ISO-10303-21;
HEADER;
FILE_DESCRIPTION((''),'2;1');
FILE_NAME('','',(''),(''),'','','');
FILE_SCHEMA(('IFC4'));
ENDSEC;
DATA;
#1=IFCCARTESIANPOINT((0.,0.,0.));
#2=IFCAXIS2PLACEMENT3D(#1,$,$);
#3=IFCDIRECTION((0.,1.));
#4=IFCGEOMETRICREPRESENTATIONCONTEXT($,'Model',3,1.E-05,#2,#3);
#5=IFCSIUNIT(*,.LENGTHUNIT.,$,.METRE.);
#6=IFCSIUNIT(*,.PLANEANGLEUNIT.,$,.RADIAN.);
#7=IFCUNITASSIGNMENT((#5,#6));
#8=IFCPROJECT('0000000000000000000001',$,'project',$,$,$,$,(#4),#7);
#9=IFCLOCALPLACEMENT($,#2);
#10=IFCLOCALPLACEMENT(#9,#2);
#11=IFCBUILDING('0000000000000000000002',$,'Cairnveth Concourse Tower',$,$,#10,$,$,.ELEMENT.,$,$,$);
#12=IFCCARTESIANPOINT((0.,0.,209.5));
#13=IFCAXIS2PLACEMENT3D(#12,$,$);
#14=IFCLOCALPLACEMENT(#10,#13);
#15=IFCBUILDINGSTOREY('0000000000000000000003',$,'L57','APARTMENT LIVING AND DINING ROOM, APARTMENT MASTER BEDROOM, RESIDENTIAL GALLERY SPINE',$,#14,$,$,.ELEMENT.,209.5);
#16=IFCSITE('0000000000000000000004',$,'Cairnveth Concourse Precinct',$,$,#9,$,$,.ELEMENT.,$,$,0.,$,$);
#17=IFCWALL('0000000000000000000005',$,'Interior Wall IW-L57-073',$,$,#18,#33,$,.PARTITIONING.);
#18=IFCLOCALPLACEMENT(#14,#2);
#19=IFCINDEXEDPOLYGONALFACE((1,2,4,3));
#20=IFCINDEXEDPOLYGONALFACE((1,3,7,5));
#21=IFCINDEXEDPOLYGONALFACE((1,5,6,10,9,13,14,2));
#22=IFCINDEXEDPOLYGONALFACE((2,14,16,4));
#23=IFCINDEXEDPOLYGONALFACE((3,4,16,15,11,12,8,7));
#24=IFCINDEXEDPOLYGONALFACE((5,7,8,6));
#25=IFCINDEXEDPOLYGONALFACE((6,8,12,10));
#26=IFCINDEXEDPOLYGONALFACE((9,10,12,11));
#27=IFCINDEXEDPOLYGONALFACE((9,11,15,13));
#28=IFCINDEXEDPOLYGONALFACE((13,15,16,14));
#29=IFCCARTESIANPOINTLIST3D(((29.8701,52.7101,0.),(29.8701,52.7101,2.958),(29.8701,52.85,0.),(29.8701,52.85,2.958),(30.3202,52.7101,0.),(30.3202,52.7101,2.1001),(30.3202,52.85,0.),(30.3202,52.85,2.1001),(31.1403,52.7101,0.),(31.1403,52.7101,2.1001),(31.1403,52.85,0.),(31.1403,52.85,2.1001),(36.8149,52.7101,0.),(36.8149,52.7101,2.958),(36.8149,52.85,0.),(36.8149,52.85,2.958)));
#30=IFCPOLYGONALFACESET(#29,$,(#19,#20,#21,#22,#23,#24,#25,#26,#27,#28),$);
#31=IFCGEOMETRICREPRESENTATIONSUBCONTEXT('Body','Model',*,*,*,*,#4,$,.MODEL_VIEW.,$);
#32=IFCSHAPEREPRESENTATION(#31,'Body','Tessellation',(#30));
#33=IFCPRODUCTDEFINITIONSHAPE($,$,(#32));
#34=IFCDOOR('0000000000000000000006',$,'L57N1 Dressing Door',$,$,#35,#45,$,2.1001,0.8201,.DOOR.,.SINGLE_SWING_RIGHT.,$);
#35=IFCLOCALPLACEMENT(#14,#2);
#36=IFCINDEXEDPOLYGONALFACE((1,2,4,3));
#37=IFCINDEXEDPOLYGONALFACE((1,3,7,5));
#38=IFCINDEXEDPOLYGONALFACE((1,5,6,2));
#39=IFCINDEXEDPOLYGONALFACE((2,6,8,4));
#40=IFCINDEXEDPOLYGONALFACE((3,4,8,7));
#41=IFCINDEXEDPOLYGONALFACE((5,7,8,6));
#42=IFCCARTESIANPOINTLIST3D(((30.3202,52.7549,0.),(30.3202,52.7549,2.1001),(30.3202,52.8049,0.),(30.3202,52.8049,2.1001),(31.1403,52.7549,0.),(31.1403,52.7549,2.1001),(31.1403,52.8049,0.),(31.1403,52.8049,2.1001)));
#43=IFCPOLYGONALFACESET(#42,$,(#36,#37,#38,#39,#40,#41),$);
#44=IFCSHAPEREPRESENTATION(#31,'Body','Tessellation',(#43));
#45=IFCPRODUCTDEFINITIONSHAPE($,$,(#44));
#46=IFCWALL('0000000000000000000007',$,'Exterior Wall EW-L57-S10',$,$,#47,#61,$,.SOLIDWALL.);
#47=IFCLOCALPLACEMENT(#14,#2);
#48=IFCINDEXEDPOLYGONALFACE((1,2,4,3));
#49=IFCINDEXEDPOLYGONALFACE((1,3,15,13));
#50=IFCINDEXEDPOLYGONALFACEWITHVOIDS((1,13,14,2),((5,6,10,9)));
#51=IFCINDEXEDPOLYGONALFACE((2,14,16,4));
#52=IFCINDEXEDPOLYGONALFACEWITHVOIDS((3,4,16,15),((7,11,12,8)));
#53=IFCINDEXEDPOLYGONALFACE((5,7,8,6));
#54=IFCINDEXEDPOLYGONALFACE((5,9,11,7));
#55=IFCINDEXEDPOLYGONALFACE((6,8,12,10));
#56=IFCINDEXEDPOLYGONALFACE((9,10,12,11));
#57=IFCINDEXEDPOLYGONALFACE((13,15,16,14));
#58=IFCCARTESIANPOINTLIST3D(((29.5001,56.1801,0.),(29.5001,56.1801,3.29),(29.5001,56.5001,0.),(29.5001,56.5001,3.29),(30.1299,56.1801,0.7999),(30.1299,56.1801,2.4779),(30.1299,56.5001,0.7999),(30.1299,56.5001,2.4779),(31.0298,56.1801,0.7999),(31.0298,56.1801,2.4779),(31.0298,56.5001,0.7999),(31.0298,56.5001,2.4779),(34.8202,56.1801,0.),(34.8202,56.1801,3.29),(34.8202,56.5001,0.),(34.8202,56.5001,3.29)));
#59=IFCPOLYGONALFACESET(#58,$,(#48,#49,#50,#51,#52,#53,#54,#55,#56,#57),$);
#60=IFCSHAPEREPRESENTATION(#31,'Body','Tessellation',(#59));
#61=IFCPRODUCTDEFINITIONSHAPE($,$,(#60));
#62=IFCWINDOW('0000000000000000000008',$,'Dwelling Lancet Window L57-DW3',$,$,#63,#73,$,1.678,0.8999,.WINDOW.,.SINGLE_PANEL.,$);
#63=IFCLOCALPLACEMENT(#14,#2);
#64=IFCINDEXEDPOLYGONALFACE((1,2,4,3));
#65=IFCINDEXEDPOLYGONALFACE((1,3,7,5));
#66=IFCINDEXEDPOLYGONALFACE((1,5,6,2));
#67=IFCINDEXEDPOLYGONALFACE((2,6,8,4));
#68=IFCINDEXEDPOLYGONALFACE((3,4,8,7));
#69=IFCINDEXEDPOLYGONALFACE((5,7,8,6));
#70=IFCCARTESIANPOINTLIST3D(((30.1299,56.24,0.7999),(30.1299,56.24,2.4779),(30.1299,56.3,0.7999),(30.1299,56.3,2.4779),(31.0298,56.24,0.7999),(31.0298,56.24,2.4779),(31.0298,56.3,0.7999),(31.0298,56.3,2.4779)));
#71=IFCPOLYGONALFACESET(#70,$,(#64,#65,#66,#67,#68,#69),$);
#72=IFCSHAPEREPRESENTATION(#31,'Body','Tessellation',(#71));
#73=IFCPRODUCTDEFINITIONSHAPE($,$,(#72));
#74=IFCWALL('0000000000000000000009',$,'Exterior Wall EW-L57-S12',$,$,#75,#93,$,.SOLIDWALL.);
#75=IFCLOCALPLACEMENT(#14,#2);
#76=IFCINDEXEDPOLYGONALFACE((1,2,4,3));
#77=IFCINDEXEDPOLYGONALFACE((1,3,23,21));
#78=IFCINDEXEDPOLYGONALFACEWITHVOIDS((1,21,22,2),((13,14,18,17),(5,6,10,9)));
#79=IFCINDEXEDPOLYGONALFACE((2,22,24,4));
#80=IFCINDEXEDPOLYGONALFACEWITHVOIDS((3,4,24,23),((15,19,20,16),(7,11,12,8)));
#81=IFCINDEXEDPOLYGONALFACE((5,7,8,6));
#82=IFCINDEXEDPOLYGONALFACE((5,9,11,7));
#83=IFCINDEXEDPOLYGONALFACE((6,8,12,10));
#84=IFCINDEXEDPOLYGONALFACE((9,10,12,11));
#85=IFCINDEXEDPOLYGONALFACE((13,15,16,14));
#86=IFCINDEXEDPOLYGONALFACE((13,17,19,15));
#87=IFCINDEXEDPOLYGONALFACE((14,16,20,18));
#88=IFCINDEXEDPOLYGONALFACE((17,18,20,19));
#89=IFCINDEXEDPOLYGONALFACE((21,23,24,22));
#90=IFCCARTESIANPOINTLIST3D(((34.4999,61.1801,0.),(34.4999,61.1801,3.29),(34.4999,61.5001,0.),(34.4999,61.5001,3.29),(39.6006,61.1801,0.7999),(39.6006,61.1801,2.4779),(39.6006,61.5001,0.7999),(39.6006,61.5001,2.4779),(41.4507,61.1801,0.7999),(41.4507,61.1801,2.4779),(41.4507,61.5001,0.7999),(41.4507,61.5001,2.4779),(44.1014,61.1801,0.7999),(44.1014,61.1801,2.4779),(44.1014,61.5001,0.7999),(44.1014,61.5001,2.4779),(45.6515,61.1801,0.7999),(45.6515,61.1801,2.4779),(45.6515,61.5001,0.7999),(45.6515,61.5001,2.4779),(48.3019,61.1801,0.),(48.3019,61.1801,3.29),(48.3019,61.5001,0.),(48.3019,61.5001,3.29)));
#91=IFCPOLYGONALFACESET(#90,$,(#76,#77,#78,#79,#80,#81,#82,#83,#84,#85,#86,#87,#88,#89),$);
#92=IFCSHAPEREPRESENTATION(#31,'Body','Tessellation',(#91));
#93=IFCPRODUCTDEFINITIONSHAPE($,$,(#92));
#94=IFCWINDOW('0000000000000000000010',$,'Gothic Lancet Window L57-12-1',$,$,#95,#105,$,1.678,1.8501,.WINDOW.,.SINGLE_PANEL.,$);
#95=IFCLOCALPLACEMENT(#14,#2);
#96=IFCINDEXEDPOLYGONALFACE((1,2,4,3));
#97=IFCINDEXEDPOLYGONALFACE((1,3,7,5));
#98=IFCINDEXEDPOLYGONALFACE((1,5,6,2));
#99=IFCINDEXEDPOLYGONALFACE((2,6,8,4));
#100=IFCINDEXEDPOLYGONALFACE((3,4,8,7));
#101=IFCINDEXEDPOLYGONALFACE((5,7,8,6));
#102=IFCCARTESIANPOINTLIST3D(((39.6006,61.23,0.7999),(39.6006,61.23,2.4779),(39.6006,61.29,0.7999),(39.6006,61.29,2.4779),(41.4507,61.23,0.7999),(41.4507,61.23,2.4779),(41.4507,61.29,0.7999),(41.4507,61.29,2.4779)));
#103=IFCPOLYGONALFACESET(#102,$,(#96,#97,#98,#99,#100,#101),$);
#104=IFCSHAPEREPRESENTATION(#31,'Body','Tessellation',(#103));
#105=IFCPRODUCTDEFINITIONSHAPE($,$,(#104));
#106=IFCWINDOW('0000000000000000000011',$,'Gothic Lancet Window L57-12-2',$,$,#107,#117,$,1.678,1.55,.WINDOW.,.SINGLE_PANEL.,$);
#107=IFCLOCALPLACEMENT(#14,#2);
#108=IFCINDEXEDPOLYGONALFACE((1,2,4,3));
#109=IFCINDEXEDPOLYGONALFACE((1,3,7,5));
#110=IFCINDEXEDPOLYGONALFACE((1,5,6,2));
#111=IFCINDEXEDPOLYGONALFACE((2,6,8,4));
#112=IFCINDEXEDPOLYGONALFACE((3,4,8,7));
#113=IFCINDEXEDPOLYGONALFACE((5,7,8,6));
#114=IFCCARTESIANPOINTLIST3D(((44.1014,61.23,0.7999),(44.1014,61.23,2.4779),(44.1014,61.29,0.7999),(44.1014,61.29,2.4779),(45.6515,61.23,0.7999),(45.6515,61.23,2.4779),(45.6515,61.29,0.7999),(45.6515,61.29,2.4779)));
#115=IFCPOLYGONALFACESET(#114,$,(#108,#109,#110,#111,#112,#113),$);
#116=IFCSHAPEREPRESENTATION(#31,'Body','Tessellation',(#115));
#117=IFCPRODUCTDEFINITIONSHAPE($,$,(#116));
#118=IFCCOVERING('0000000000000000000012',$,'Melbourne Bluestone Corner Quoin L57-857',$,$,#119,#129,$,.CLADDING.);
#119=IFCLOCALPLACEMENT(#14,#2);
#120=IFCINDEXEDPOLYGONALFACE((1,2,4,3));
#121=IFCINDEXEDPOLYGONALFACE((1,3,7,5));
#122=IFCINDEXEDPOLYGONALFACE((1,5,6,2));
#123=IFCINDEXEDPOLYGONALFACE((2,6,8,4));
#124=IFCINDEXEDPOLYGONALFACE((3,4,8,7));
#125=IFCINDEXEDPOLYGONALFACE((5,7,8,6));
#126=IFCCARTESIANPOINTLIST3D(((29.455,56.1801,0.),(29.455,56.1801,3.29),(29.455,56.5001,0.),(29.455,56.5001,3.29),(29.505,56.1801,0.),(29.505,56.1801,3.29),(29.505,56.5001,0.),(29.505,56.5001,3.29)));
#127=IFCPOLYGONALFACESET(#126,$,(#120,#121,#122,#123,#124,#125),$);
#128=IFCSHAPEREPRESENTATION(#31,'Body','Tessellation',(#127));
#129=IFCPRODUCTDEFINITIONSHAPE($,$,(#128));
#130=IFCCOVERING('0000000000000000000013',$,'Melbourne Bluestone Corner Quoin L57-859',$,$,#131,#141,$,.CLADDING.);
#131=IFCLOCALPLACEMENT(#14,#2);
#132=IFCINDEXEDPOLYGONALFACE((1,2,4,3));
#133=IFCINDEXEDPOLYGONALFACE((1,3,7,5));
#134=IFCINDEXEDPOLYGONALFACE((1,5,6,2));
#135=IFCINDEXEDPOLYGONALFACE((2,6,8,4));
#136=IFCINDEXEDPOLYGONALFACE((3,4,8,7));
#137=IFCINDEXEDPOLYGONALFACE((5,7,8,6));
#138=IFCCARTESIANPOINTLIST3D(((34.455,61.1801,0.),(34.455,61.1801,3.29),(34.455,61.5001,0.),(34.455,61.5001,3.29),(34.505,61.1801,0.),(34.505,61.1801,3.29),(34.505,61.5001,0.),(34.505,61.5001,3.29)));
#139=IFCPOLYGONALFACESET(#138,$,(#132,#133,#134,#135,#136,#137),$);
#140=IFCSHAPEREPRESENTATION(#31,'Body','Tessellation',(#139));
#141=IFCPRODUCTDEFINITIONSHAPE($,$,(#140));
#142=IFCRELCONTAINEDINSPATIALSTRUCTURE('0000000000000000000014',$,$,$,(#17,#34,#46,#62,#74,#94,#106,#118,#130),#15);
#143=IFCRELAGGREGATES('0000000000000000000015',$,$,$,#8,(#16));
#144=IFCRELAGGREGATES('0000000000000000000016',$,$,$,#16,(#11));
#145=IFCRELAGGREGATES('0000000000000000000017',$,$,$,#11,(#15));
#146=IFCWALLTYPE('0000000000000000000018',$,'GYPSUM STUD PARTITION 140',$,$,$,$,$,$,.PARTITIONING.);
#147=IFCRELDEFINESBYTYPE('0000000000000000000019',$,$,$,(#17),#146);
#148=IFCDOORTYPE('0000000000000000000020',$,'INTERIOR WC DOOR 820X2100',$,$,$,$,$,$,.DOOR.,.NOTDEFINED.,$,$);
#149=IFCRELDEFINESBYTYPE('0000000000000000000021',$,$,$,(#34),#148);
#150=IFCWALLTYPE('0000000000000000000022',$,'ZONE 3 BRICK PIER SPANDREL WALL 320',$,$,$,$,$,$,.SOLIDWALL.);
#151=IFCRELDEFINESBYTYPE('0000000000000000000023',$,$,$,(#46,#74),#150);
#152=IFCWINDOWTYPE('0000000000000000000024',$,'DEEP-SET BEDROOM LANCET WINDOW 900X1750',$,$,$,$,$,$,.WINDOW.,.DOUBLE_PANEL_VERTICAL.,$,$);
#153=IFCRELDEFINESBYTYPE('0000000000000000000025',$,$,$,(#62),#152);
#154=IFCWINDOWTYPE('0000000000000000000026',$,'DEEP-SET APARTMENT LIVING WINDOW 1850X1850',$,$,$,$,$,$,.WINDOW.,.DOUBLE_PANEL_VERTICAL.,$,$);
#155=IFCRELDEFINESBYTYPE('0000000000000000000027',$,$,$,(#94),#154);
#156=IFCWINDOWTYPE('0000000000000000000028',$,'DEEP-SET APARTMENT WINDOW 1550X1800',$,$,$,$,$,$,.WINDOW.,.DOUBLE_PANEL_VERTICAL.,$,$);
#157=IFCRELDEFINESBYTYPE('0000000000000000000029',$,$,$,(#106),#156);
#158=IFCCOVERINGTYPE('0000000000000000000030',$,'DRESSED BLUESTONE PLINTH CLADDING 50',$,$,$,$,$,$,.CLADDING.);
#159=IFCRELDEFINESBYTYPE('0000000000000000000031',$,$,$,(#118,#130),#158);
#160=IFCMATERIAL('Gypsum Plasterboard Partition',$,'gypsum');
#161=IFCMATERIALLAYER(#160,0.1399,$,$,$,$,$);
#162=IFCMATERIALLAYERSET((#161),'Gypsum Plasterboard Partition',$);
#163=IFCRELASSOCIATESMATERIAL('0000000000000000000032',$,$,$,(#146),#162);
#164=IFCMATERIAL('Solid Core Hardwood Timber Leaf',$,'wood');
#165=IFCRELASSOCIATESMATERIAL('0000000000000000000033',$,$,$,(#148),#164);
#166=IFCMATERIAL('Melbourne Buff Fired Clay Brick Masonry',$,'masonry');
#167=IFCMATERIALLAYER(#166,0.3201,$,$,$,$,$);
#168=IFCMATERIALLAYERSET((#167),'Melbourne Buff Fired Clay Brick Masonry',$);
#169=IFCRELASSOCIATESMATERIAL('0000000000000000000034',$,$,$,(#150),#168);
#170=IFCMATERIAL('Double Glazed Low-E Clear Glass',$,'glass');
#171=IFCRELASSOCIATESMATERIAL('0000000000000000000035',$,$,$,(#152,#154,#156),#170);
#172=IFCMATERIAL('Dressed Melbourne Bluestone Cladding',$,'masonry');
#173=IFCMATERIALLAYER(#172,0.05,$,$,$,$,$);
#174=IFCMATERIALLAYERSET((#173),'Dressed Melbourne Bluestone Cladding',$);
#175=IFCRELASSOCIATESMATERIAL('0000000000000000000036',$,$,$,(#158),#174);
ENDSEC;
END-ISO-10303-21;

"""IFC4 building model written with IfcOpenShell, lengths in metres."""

from ifc_helpers import new_model, si_unit, direction, frame, frame_2d, origin, place, context, subcontext, project, spatial, rectangle, extrude, material, layer, layer_set, type_object, element, fill, save


model = new_model("IFC4")

# Units and contexts
model_context = context("Model", 3, precision=1e-05, world=origin(), true_north=direction((0.0, 1.0)))
body_context = subcontext(model_context, "Body", "Model", "MODEL_VIEW")
ifc_project = project(units=[si_unit("LENGTHUNIT", "METRE"), si_unit("PLANEANGLEUNIT", "RADIAN")], contexts=[model_context])

# Site, building, storey
site_placement = place(None, origin())
site = spatial("IfcSite", under=ifc_project, at=site_placement, Name="Cairnveth Concourse Precinct", CompositionType="ELEMENT", RefElevation=0.0)
building_placement = place(site_placement, origin())
building = spatial("IfcBuilding", under=site, at=building_placement, Name="Cairnveth Concourse Tower", CompositionType="ELEMENT")
storey_placement = place(building_placement, frame((0.0, 0.0, 209.5)))
storey = spatial("IfcBuildingStorey", under=building, at=storey_placement, Name="L57", Description="APARTMENT LIVING AND DINING ROOM, APARTMENT MASTER BEDROOM, RESIDENTIAL GALLERY SPINE", CompositionType="ELEMENT", Elevation=209.5)

# Shared definitions
ifc_material_1 = material(Name="Gypsum Plasterboard Partition", Category="gypsum")
ifc_material_2 = material(Name="Solid Core Hardwood Timber Leaf", Category="wood")

# Wall, opening, door
ifc_layer_1 = layer(ifc_material_1, 0.1399)
ifc_layer_set_1 = layer_set([ifc_layer_1], Name="Gypsum Plasterboard Partition")
wall_type_1 = type_object("IfcWallType", Name="GYPSUM STUD PARTITION 140", PredefinedType="PARTITIONING", material=ifc_layer_set_1)
wall_1_placement = place(storey_placement, frame((29.8701, 52.78, 0.0), z_axis=(0.0, 0.0, 1.0), x_axis=(1.0, 0.0, 0.0)))
wall_1 = element("IfcWall", 1, at=wall_1_placement, inside=storey, type_object=wall_type_1, Name="Interior Wall IW-L57-073", PredefinedType="PARTITIONING", context=body_context, shape_type="SweptSolid", body=[
    extrude(rectangle(XDim=6.9448, YDim=0.1399, at=frame_2d((3.4724, 0.0))), origin(), (0.0, 0.0, 1.0), 2.958),
])
opening_1_placement = place(wall_1_placement, frame((0.45, 0.0, 0.0)))
opening_1 = element("IfcOpeningElement", 2, at=opening_1_placement, cuts=wall_1, PredefinedType="OPENING", context=body_context, shape_type="SweptSolid", body=[
    extrude(rectangle(XDim=0.8201, YDim=2.1001, at=frame_2d((0.4102, 1.05))), frame((0.0, 0.0798, 0.0), z_axis=(0.0, -1.0, 0.0), x_axis=(1.0, 0.0, 0.0)), (0.0, 0.0, 1.0), 0.1599),
])
door_type_1 = type_object("IfcDoorType", Name="INTERIOR WC DOOR 820X2100", OperationType="NOTDEFINED", PredefinedType="DOOR", material=ifc_material_2)
door_1_placement = place(opening_1_placement, origin())
door_1 = element("IfcDoor", 3, at=door_1_placement, inside=storey, type_object=door_type_1, Name="L57N1 Dressing Door", OperationType="SINGLE_SWING_RIGHT", OverallHeight=2.1001, OverallWidth=0.8201, PredefinedType="DOOR", context=body_context, shape_type="SweptSolid", body=[
    extrude(rectangle(XDim=0.8201, YDim=2.1001, at=frame_2d((0.4102, 1.05))), frame((0.0, 0.0249, 0.0), z_axis=(0.0, -1.0, 0.0), x_axis=(1.0, 0.0, 0.0)), (0.0, 0.0, 1.0), 0.05),
])
fill(opening_1, door_1)

# Wall, opening, window
ifc_material_3 = material(Name="Melbourne Buff Fired Clay Brick Masonry", Category="masonry")
ifc_layer_2 = layer(ifc_material_3, 0.3201)
ifc_layer_set_2 = layer_set([ifc_layer_2], Name="Melbourne Buff Fired Clay Brick Masonry")
wall_type_2 = type_object("IfcWallType", Name="ZONE 3 BRICK PIER SPANDREL WALL 320", PredefinedType="SOLIDWALL", material=ifc_layer_set_2)
wall_2_placement = place(storey_placement, frame((29.5, 56.3401, 0.0), z_axis=(0.0, 0.0, 1.0), x_axis=(1.0, 0.0, 0.0)))
wall_2 = element("IfcWall", 4, at=wall_2_placement, inside=storey, type_object=wall_type_2, Name="Exterior Wall EW-L57-S10", PredefinedType="SOLIDWALL", context=body_context, shape_type="SweptSolid", body=[
    extrude(rectangle(XDim=5.3201, YDim=0.3201, at=frame_2d((2.6602, 0.0))), origin(), (0.0, 0.0, 1.0), 3.29),
])
opening_2_placement = place(wall_2_placement, frame((0.6299, 0.0, 0.8)))
opening_2 = element("IfcOpeningElement", 5, at=opening_2_placement, cuts=wall_2, PredefinedType="OPENING", context=body_context, shape_type="SweptSolid", body=[
    extrude(rectangle(XDim=0.8999, YDim=1.678, at=frame_2d((0.45, 0.8389))), frame((0.0, 0.1699, 0.0), z_axis=(0.0, -1.0, 0.0), x_axis=(1.0, 0.0, 0.0)), (0.0, 0.0, 1.0), 0.3401),
])
ifc_material_4 = material(Name="Double Glazed Low-E Clear Glass", Category="glass")
window_type_1 = type_object("IfcWindowType", Name="DEEP-SET BEDROOM LANCET WINDOW 900X1750", PartitioningType="DOUBLE_PANEL_VERTICAL", PredefinedType="WINDOW", material=ifc_material_4)
window_1_placement = place(opening_2_placement, origin())
window_1 = element("IfcWindow", 6, at=window_1_placement, inside=storey, type_object=window_type_1, Name="Dwelling Lancet Window L57-DW3", OverallHeight=1.678, OverallWidth=0.8999, PartitioningType="SINGLE_PANEL", PredefinedType="WINDOW", context=body_context, shape_type="SweptSolid", body=[
    extrude(rectangle(XDim=0.8999, YDim=1.678, at=frame_2d((0.45, 0.8389))), frame((0.0, -0.04, 0.0), z_axis=(0.0, -1.0, 0.0), x_axis=(1.0, 0.0, 0.0)), (0.0, 0.0, 1.0), 0.0601),
])
fill(opening_2, window_1)

# Wall, openings, windows
wall_3_placement = place(storey_placement, frame((34.5, 61.3401, 0.0), z_axis=(0.0, 0.0, 1.0), x_axis=(1.0, 0.0, 0.0)))
wall_3 = element("IfcWall", 7, at=wall_3_placement, inside=storey, type_object=wall_type_2, Name="Exterior Wall EW-L57-S12", PredefinedType="SOLIDWALL", context=body_context, shape_type="SweptSolid", body=[
    extrude(rectangle(XDim=13.802, YDim=0.3201, at=frame_2d((6.9009, 0.0))), origin(), (0.0, 0.0, 1.0), 3.29),
])
opening_3_placement = place(wall_3_placement, frame((5.1006, 0.0, 0.8)))
opening_3 = element("IfcOpeningElement", 8, at=opening_3_placement, cuts=wall_3, PredefinedType="OPENING", context=body_context, shape_type="SweptSolid", body=[
    extrude(rectangle(XDim=1.8501, YDim=1.678, at=frame_2d((0.925, 0.8389))), frame((0.0, 0.1699, 0.0), z_axis=(0.0, -1.0, 0.0), x_axis=(1.0, 0.0, 0.0)), (0.0, 0.0, 1.0), 0.3401),
])
opening_4_placement = place(wall_3_placement, frame((9.6016, 0.0, 0.8)))
opening_4 = element("IfcOpeningElement", 9, at=opening_4_placement, cuts=wall_3, PredefinedType="OPENING", context=body_context, shape_type="SweptSolid", body=[
    extrude(rectangle(XDim=1.55, YDim=1.678, at=frame_2d((0.7749, 0.8389))), frame((0.0, 0.1699, 0.0), z_axis=(0.0, -1.0, 0.0), x_axis=(1.0, 0.0, 0.0)), (0.0, 0.0, 1.0), 0.3401),
])
window_type_2 = type_object("IfcWindowType", Name="DEEP-SET APARTMENT LIVING WINDOW 1850X1850", PartitioningType="DOUBLE_PANEL_VERTICAL", PredefinedType="WINDOW", material=ifc_material_4)
window_2_placement = place(opening_3_placement, origin())
window_2 = element("IfcWindow", 10, at=window_2_placement, inside=storey, type_object=window_type_2, Name="Gothic Lancet Window L57-12-1", OverallHeight=1.678, OverallWidth=1.8501, PartitioningType="SINGLE_PANEL", PredefinedType="WINDOW", context=body_context, shape_type="SweptSolid", body=[
    extrude(rectangle(XDim=1.8501, YDim=1.678, at=frame_2d((0.925, 0.8389))), frame((0.0, -0.05, 0.0), z_axis=(0.0, -1.0, 0.0), x_axis=(1.0, 0.0, 0.0)), (0.0, 0.0, 1.0), 0.0601),
])
fill(opening_3, window_2)
window_type_3 = type_object("IfcWindowType", Name="DEEP-SET APARTMENT WINDOW 1550X1800", PartitioningType="DOUBLE_PANEL_VERTICAL", PredefinedType="WINDOW", material=ifc_material_4)
window_3_placement = place(opening_4_placement, origin())
window_3 = element("IfcWindow", 11, at=window_3_placement, inside=storey, type_object=window_type_3, Name="Gothic Lancet Window L57-12-2", OverallHeight=1.678, OverallWidth=1.55, PartitioningType="SINGLE_PANEL", PredefinedType="WINDOW", context=body_context, shape_type="SweptSolid", body=[
    extrude(rectangle(XDim=1.55, YDim=1.678, at=frame_2d((0.7749, 0.8389))), frame((0.0, -0.05, 0.0), z_axis=(0.0, -1.0, 0.0), x_axis=(1.0, 0.0, 0.0)), (0.0, 0.0, 1.0), 0.0601),
])
fill(opening_4, window_3)

# Coverings
ifc_material_5 = material(Name="Dressed Melbourne Bluestone Cladding", Category="masonry")
ifc_layer_3 = layer(ifc_material_5, 0.05)
ifc_layer_set_3 = layer_set([ifc_layer_3], Name="Dressed Melbourne Bluestone Cladding")
covering_type = type_object("IfcCoveringType", Name="DRESSED BLUESTONE PLINTH CLADDING 50", PredefinedType="CLADDING", material=ifc_layer_set_3)
for number, where, z_axis, x_axis, name in (
    (12, (29.48, 56.1799, 0.0), (0.0, 0.0, 1.0), (0.0, 1.0, 0.0), "Melbourne Bluestone Corner Quoin L57-857"),
    (13, (34.48, 61.1799, 0.0), (0.0, 0.0, 1.0), (0.0, 1.0, 0.0), "Melbourne Bluestone Corner Quoin L57-859"),
):
    element("IfcCovering", number, at=place(storey_placement, frame(where, z_axis=z_axis, x_axis=x_axis)), inside=storey, type_object=covering_type, Name=name, PredefinedType="CLADDING", context=body_context, shape_type="SweptSolid", body=[
        extrude(rectangle(XDim=0.3201, YDim=0.05, at=frame_2d((0.1602, 0.0))), origin(), (0.0, 0.0, 1.0), 3.29),
    ])

save(model, "model.ifc")
